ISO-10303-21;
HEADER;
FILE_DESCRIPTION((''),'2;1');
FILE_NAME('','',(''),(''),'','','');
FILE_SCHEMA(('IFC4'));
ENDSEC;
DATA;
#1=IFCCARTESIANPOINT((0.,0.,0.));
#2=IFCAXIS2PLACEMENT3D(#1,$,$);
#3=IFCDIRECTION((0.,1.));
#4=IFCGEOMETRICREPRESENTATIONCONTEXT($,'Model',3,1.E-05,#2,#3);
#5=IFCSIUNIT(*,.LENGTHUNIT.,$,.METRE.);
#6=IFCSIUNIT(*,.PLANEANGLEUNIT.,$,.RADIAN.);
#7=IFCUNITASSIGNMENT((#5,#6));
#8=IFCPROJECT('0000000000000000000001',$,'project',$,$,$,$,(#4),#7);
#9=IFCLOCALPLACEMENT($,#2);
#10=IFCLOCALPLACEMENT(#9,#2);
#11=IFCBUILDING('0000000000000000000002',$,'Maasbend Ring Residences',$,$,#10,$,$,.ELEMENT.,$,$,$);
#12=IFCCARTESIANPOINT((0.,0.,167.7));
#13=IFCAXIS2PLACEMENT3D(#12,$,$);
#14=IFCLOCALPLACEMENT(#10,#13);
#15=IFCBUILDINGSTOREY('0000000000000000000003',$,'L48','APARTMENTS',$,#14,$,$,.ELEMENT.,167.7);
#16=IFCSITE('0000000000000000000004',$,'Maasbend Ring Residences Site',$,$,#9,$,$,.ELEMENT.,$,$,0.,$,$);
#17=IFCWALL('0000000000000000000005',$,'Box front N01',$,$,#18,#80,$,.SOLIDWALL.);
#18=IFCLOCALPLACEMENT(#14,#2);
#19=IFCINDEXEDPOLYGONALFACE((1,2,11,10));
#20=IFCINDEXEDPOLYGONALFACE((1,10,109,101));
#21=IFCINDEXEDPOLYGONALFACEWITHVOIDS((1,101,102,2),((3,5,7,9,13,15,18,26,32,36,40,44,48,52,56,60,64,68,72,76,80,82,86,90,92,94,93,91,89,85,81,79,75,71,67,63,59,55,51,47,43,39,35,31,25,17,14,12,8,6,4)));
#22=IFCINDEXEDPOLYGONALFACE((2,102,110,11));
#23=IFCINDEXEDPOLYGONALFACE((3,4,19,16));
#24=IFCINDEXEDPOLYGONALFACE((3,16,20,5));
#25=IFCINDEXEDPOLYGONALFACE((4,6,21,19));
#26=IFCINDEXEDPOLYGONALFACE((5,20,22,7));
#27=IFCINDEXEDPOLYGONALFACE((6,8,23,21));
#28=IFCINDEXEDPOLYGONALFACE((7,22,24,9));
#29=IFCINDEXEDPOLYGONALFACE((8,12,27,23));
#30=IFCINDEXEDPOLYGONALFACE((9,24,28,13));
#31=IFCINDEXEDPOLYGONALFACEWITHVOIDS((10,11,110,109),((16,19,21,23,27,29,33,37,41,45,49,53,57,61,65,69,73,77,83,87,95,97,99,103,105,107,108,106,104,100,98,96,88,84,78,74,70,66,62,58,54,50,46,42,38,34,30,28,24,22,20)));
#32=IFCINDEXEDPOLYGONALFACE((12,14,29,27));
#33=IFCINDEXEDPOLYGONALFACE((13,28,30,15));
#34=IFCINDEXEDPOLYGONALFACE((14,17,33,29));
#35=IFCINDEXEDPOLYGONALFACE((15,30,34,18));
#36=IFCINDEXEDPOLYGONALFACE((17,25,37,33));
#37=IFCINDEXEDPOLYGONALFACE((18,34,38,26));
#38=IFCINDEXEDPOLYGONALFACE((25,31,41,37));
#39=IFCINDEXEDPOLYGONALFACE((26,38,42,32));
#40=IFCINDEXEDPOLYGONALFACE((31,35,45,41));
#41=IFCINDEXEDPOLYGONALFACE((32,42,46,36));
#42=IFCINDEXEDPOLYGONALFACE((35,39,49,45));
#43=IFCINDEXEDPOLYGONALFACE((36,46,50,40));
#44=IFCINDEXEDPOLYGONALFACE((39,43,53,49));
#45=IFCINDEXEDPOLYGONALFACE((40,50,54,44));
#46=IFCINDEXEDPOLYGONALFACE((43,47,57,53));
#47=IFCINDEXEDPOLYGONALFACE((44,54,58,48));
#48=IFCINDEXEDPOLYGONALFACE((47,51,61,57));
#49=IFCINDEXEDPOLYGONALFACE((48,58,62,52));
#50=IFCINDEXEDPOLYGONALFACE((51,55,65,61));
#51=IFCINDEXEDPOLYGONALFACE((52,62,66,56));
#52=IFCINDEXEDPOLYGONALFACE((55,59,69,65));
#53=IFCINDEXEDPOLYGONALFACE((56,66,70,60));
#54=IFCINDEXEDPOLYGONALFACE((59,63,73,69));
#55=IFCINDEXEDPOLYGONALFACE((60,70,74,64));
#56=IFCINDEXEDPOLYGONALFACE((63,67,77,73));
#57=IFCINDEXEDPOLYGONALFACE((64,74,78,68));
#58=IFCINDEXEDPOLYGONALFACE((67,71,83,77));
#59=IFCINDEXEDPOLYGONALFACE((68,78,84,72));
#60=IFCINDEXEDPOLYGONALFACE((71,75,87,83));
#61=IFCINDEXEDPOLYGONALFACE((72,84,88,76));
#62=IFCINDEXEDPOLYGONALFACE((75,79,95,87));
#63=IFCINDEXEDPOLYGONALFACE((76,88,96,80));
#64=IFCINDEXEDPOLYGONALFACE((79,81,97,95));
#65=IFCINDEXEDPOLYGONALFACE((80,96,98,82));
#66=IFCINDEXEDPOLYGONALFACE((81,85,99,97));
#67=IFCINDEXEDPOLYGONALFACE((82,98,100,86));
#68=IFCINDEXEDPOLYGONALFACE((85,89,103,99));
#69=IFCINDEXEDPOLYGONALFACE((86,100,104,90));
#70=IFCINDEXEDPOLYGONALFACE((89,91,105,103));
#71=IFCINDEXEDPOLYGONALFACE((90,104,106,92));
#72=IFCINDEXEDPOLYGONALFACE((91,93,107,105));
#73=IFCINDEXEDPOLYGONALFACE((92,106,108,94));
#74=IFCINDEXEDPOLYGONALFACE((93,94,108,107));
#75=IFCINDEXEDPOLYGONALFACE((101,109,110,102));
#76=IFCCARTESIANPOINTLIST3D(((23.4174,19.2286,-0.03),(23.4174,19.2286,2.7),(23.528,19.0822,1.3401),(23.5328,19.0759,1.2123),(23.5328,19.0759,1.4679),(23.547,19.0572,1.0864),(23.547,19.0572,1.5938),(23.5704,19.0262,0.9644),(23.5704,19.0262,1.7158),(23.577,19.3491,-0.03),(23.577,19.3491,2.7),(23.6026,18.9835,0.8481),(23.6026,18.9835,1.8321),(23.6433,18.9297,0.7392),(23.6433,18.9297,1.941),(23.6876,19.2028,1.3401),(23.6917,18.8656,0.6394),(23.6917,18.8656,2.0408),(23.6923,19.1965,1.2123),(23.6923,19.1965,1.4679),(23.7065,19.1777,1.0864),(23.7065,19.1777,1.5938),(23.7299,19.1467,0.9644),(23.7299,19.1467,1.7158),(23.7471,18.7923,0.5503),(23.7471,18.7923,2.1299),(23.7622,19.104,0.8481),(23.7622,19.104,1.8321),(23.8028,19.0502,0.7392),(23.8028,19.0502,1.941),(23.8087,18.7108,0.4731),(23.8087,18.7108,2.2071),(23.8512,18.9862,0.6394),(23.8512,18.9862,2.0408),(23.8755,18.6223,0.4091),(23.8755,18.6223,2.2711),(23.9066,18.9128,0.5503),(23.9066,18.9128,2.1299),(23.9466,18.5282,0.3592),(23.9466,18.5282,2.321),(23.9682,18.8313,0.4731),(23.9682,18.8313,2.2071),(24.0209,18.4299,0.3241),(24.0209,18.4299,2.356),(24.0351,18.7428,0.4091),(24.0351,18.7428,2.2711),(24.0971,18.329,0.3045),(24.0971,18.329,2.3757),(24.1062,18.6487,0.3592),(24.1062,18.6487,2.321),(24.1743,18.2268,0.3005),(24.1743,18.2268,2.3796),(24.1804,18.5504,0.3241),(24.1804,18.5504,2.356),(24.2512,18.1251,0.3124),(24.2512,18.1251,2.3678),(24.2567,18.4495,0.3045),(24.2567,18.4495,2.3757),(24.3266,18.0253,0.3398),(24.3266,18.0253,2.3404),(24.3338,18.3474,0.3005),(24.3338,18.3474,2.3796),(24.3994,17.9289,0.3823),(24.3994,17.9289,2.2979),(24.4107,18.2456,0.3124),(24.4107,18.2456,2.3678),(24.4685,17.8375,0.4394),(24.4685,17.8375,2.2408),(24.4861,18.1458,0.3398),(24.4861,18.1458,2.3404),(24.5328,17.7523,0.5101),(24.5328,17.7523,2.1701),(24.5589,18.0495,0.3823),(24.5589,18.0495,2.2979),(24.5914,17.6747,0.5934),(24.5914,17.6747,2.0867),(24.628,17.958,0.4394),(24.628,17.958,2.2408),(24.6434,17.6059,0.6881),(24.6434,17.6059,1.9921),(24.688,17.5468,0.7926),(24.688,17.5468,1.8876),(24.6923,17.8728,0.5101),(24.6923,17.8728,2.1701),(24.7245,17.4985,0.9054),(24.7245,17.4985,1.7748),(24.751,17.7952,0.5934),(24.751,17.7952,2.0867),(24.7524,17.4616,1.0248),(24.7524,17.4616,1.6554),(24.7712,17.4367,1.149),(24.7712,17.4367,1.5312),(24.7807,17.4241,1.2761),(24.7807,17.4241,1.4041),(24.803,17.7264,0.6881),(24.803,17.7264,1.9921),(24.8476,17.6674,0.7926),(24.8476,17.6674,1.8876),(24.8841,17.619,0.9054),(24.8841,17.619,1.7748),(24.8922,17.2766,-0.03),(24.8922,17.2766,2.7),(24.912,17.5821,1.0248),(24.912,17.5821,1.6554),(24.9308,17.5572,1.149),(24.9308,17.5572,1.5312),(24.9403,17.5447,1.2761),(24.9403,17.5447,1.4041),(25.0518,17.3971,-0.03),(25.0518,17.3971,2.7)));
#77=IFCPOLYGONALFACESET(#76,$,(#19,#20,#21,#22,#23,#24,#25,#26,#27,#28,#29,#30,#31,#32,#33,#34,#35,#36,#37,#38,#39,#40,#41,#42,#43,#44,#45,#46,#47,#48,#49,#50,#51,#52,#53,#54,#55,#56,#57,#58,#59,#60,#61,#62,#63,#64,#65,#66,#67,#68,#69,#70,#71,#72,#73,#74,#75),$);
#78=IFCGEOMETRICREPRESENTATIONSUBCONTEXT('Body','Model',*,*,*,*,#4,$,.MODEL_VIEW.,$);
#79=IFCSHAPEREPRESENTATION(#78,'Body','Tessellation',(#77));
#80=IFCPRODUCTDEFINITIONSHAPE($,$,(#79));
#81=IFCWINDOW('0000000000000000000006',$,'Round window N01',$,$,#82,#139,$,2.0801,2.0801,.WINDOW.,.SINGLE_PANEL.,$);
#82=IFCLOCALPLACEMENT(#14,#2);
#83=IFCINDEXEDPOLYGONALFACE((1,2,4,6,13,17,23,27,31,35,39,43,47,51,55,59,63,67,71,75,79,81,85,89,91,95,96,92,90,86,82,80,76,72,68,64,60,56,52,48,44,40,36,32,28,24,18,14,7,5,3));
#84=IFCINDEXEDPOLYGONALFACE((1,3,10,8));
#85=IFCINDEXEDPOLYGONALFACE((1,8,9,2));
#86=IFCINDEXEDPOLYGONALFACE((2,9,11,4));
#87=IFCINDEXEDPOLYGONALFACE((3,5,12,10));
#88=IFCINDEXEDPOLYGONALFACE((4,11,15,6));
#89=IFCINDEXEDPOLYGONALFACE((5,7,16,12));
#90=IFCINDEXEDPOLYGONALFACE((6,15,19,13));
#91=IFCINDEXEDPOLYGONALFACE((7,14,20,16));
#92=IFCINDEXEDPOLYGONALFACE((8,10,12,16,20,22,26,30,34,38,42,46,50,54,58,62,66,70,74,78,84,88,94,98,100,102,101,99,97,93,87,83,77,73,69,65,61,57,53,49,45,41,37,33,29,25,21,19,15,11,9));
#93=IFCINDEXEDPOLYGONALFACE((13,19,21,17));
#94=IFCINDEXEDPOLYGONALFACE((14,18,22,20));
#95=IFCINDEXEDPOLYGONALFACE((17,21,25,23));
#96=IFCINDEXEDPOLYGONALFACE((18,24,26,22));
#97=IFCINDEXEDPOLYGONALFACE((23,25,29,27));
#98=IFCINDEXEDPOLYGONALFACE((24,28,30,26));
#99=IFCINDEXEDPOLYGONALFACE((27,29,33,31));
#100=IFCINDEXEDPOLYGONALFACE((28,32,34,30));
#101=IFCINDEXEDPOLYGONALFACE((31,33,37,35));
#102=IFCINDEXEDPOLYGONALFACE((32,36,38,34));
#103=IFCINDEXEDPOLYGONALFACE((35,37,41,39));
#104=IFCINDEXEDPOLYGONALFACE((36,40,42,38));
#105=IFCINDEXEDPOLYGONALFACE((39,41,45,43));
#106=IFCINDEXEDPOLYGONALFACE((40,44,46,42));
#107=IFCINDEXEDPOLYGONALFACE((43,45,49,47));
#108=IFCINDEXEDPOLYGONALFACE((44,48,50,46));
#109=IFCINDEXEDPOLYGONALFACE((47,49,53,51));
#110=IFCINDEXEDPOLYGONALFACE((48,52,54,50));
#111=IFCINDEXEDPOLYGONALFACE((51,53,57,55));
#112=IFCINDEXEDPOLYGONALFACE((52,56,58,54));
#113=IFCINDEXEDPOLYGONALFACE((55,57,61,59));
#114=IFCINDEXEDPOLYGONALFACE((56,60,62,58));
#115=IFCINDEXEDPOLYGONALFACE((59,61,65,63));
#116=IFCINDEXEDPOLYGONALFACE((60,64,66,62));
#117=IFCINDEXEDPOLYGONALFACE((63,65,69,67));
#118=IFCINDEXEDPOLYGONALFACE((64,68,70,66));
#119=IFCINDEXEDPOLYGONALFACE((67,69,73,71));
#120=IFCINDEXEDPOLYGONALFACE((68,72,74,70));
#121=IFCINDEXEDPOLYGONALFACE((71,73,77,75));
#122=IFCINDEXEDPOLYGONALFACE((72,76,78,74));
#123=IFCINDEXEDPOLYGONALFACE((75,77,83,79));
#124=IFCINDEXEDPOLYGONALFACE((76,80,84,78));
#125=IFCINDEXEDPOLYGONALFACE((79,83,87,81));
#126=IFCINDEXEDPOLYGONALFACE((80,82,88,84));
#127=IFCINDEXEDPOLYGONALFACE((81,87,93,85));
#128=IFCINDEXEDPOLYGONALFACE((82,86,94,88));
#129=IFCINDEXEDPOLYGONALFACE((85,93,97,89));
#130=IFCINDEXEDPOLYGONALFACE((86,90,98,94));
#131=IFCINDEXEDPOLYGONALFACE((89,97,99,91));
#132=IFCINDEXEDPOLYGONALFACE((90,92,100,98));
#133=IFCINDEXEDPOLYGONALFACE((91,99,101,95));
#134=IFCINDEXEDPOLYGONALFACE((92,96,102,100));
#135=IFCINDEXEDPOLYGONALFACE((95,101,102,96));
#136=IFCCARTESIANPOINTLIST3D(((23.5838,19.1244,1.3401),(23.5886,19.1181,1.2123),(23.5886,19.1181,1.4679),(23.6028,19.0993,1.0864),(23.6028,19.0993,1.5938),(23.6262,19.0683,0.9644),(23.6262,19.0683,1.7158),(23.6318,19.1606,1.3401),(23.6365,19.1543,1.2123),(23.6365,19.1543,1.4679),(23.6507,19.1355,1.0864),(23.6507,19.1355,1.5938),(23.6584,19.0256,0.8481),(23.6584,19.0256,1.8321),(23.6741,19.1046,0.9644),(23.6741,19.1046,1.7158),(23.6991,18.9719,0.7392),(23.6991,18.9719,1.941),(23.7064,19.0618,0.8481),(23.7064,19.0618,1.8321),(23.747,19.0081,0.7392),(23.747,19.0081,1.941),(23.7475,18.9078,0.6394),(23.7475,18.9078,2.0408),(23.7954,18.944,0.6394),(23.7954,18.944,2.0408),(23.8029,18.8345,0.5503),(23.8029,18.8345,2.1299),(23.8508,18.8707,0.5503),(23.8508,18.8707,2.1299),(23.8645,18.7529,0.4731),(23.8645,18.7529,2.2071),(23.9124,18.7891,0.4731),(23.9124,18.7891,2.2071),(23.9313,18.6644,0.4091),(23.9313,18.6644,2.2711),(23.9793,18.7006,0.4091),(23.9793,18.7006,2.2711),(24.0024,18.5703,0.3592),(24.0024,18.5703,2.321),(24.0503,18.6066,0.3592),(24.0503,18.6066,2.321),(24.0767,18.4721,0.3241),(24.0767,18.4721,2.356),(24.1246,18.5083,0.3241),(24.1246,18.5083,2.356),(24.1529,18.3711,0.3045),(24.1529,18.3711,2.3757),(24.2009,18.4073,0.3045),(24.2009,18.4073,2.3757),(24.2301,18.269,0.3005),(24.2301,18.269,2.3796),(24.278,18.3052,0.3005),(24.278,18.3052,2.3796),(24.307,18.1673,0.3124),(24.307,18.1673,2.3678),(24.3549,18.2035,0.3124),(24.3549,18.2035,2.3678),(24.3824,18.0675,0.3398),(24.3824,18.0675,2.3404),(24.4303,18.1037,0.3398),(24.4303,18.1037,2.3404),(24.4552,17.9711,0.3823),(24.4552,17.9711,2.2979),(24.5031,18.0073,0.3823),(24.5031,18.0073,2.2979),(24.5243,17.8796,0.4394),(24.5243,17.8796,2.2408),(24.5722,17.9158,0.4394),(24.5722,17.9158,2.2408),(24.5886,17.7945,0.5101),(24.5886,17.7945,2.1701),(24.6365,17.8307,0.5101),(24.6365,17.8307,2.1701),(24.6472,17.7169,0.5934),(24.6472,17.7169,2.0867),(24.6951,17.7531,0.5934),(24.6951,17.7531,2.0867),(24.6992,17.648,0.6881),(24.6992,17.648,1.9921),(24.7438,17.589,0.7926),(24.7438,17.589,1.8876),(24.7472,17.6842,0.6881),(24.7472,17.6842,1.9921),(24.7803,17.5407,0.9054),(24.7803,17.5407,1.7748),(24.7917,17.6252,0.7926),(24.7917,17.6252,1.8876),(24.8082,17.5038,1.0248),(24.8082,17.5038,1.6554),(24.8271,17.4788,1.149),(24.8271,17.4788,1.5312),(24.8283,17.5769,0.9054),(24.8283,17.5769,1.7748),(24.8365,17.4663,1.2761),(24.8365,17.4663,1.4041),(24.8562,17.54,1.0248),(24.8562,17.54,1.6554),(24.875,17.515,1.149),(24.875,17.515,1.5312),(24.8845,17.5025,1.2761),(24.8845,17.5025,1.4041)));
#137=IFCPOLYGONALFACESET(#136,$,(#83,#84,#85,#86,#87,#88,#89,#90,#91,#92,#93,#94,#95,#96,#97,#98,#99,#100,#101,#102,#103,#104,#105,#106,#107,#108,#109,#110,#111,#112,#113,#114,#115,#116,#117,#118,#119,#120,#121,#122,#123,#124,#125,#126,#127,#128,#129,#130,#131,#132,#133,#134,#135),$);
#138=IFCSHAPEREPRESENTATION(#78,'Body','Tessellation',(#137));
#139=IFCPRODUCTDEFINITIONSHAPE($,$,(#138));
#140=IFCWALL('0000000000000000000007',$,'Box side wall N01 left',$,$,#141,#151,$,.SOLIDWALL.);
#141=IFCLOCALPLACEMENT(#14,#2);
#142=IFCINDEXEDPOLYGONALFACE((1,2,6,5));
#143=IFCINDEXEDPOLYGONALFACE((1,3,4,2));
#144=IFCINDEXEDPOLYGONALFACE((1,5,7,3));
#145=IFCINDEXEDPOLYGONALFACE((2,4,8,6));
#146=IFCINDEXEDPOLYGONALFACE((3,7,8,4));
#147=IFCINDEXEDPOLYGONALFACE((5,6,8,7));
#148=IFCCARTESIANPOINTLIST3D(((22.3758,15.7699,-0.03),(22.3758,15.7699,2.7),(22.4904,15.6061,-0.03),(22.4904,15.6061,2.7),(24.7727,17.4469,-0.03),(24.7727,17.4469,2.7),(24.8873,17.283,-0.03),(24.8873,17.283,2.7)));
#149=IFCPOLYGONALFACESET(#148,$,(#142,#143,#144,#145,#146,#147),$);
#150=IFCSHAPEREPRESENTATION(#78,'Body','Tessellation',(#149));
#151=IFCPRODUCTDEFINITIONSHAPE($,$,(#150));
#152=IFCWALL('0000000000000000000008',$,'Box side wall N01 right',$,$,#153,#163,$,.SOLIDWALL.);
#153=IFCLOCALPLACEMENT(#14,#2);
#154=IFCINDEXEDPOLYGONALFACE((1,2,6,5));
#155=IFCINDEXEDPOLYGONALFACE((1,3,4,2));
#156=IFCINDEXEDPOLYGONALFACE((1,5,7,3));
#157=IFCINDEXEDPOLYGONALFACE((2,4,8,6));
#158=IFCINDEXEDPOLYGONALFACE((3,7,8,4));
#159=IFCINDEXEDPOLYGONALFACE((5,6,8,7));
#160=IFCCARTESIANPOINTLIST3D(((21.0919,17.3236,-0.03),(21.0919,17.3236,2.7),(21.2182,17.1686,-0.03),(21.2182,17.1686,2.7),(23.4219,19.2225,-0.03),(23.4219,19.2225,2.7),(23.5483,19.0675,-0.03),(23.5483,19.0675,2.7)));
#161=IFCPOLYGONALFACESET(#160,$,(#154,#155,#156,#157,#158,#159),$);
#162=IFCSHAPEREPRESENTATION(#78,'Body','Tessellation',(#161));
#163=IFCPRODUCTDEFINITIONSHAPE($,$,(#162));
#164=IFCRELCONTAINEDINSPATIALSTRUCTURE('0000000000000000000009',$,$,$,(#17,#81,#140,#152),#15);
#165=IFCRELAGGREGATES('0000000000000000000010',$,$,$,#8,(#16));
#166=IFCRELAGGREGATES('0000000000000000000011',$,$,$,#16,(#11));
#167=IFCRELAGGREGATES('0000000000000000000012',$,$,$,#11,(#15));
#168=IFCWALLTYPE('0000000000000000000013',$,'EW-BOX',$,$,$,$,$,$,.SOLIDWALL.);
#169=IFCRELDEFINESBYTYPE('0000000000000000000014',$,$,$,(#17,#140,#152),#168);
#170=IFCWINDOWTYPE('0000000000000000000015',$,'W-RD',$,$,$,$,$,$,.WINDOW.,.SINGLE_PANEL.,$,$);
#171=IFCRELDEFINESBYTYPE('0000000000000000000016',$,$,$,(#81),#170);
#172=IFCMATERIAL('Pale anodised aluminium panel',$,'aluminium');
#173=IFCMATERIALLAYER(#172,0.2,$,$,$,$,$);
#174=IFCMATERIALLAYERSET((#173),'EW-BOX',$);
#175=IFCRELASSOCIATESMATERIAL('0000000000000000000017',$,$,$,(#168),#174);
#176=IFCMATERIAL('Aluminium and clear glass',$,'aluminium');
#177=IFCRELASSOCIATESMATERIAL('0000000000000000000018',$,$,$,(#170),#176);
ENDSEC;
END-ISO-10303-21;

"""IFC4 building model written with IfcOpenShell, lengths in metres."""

from ifc_helpers import new_model, si_unit, direction, frame, frame_2d, origin, place, context, subcontext, project, spatial, rectangle, circle, extrude, material, layer, layer_set, type_object, element, fill, save


model = new_model("IFC4")

# Units and contexts
model_context = context("Model", 3, precision=1e-05, world=origin(), true_north=direction((0.0, 1.0)))
body_context = subcontext(model_context, "Body", "Model", "MODEL_VIEW")
ifc_project = project(units=[si_unit("LENGTHUNIT", "METRE"), si_unit("PLANEANGLEUNIT", "RADIAN")], contexts=[model_context])

# Site, building, storey
site_placement = place(None, origin())
site = spatial("IfcSite", under=ifc_project, at=site_placement, Name="Maasbend Ring Residences Site", CompositionType="ELEMENT", RefElevation=0.0)
building_placement = place(site_placement, origin())
building = spatial("IfcBuilding", under=site, at=building_placement, Name="Maasbend Ring Residences", CompositionType="ELEMENT")
storey_placement = place(building_placement, frame((0.0, 0.0, 167.7)))
storey = spatial("IfcBuildingStorey", under=building, at=storey_placement, Name="L48", Description="APARTMENTS", CompositionType="ELEMENT", Elevation=167.7)

# Wall, opening, window
ifc_material_1 = material(Name="Pale anodised aluminium panel", Category="aluminium")
ifc_layer_1 = layer(ifc_material_1, 0.2)
ifc_layer_set_1 = layer_set([ifc_layer_1], Name="EW-BOX")
wall_type_1 = type_object("IfcWallType", Name="EW-BOX", PredefinedType="SOLIDWALL", material=ifc_layer_set_1)
wall_1_placement = place(storey_placement, frame((24.9719, 17.3369, -0.03), z_axis=(0.0, 0.0, 1.0), x_axis=(-0.602806, 0.797888, 0.0)))
wall_1 = element("IfcWall", 1, at=wall_1_placement, inside=storey, type_object=wall_type_1, Name="Box front N01", PredefinedType="SOLIDWALL", context=body_context, shape_type="SweptSolid", body=[
    extrude(rectangle(XDim=2.4465, YDim=0.2, at=frame_2d((1.2231, 0.0))), origin(), (0.0, 0.0, 1.0), 2.73),
])
opening_1_placement = place(wall_1_placement, frame((0.1829, 0.0, 0.3301)))
opening_1 = element("IfcOpeningElement", 2, at=opening_1_placement, cuts=wall_1, PredefinedType="OPENING", context=body_context, shape_type="SweptSolid", body=[
    extrude(circle(Radius=1.04, at=frame_2d((1.04, 1.04))), frame((0.0, 0.1099, 0.0), z_axis=(0.0, -1.0, 0.0), x_axis=(1.0, 0.0, 0.0)), (0.0, 0.0, 1.0), 0.22),
])
ifc_material_2 = material(Name="Aluminium and clear glass", Category="aluminium")
window_type_1 = type_object("IfcWindowType", Name="W-RD", PartitioningType="SINGLE_PANEL", PredefinedType="WINDOW", material=ifc_material_2)
window_1_placement = place(opening_1_placement, origin())
window_1 = element("IfcWindow", 3, at=window_1_placement, inside=storey, type_object=window_type_1, Name="Round window N01", OverallHeight=2.0801, OverallWidth=2.0801, PartitioningType="SINGLE_PANEL", PredefinedType="WINDOW", context=body_context, shape_type="SweptSolid", body=[
    extrude(circle(Radius=1.04, at=frame_2d((1.04, 1.04))), frame((0.0, 0.03, 0.0), z_axis=(0.0, -1.0, 0.0), x_axis=(1.0, 0.0, 0.0)), (0.0, 0.0, 1.0), 0.0601),
])
fill(opening_1, window_1)

# Walls
wall_2_placement = place(storey_placement, frame((22.4331, 15.688, -0.03), z_axis=(0.0, 0.0, 1.0), x_axis=(0.819373, 0.573261, 0.0)))
element("IfcWall", 4, at=wall_2_placement, inside=storey, type_object=wall_type_1, Name="Box side wall N01 left", PredefinedType="SOLIDWALL", context=body_context, shape_type="SweptSolid", body=[
    extrude(rectangle(XDim=2.9253, YDim=0.2, at=frame_2d((1.4626, 0.0))), origin(), (0.0, 0.0, 1.0), 2.73),
])
wall_3_placement = place(storey_placement, frame((21.155, 17.2461, -0.03), z_axis=(0.0, 0.0, 1.0), x_axis=(0.775179, 0.631742, 0.0)))
element("IfcWall", 5, at=wall_3_placement, inside=storey, type_object=wall_type_1, Name="Box side wall N01 right", PredefinedType="SOLIDWALL", context=body_context, shape_type="SweptSolid", body=[
    extrude(rectangle(XDim=3.0059, YDim=0.2, at=frame_2d((1.5029, 0.0))), origin(), (0.0, 0.0, 1.0), 2.73),
])

save(model, "model.ifc")
